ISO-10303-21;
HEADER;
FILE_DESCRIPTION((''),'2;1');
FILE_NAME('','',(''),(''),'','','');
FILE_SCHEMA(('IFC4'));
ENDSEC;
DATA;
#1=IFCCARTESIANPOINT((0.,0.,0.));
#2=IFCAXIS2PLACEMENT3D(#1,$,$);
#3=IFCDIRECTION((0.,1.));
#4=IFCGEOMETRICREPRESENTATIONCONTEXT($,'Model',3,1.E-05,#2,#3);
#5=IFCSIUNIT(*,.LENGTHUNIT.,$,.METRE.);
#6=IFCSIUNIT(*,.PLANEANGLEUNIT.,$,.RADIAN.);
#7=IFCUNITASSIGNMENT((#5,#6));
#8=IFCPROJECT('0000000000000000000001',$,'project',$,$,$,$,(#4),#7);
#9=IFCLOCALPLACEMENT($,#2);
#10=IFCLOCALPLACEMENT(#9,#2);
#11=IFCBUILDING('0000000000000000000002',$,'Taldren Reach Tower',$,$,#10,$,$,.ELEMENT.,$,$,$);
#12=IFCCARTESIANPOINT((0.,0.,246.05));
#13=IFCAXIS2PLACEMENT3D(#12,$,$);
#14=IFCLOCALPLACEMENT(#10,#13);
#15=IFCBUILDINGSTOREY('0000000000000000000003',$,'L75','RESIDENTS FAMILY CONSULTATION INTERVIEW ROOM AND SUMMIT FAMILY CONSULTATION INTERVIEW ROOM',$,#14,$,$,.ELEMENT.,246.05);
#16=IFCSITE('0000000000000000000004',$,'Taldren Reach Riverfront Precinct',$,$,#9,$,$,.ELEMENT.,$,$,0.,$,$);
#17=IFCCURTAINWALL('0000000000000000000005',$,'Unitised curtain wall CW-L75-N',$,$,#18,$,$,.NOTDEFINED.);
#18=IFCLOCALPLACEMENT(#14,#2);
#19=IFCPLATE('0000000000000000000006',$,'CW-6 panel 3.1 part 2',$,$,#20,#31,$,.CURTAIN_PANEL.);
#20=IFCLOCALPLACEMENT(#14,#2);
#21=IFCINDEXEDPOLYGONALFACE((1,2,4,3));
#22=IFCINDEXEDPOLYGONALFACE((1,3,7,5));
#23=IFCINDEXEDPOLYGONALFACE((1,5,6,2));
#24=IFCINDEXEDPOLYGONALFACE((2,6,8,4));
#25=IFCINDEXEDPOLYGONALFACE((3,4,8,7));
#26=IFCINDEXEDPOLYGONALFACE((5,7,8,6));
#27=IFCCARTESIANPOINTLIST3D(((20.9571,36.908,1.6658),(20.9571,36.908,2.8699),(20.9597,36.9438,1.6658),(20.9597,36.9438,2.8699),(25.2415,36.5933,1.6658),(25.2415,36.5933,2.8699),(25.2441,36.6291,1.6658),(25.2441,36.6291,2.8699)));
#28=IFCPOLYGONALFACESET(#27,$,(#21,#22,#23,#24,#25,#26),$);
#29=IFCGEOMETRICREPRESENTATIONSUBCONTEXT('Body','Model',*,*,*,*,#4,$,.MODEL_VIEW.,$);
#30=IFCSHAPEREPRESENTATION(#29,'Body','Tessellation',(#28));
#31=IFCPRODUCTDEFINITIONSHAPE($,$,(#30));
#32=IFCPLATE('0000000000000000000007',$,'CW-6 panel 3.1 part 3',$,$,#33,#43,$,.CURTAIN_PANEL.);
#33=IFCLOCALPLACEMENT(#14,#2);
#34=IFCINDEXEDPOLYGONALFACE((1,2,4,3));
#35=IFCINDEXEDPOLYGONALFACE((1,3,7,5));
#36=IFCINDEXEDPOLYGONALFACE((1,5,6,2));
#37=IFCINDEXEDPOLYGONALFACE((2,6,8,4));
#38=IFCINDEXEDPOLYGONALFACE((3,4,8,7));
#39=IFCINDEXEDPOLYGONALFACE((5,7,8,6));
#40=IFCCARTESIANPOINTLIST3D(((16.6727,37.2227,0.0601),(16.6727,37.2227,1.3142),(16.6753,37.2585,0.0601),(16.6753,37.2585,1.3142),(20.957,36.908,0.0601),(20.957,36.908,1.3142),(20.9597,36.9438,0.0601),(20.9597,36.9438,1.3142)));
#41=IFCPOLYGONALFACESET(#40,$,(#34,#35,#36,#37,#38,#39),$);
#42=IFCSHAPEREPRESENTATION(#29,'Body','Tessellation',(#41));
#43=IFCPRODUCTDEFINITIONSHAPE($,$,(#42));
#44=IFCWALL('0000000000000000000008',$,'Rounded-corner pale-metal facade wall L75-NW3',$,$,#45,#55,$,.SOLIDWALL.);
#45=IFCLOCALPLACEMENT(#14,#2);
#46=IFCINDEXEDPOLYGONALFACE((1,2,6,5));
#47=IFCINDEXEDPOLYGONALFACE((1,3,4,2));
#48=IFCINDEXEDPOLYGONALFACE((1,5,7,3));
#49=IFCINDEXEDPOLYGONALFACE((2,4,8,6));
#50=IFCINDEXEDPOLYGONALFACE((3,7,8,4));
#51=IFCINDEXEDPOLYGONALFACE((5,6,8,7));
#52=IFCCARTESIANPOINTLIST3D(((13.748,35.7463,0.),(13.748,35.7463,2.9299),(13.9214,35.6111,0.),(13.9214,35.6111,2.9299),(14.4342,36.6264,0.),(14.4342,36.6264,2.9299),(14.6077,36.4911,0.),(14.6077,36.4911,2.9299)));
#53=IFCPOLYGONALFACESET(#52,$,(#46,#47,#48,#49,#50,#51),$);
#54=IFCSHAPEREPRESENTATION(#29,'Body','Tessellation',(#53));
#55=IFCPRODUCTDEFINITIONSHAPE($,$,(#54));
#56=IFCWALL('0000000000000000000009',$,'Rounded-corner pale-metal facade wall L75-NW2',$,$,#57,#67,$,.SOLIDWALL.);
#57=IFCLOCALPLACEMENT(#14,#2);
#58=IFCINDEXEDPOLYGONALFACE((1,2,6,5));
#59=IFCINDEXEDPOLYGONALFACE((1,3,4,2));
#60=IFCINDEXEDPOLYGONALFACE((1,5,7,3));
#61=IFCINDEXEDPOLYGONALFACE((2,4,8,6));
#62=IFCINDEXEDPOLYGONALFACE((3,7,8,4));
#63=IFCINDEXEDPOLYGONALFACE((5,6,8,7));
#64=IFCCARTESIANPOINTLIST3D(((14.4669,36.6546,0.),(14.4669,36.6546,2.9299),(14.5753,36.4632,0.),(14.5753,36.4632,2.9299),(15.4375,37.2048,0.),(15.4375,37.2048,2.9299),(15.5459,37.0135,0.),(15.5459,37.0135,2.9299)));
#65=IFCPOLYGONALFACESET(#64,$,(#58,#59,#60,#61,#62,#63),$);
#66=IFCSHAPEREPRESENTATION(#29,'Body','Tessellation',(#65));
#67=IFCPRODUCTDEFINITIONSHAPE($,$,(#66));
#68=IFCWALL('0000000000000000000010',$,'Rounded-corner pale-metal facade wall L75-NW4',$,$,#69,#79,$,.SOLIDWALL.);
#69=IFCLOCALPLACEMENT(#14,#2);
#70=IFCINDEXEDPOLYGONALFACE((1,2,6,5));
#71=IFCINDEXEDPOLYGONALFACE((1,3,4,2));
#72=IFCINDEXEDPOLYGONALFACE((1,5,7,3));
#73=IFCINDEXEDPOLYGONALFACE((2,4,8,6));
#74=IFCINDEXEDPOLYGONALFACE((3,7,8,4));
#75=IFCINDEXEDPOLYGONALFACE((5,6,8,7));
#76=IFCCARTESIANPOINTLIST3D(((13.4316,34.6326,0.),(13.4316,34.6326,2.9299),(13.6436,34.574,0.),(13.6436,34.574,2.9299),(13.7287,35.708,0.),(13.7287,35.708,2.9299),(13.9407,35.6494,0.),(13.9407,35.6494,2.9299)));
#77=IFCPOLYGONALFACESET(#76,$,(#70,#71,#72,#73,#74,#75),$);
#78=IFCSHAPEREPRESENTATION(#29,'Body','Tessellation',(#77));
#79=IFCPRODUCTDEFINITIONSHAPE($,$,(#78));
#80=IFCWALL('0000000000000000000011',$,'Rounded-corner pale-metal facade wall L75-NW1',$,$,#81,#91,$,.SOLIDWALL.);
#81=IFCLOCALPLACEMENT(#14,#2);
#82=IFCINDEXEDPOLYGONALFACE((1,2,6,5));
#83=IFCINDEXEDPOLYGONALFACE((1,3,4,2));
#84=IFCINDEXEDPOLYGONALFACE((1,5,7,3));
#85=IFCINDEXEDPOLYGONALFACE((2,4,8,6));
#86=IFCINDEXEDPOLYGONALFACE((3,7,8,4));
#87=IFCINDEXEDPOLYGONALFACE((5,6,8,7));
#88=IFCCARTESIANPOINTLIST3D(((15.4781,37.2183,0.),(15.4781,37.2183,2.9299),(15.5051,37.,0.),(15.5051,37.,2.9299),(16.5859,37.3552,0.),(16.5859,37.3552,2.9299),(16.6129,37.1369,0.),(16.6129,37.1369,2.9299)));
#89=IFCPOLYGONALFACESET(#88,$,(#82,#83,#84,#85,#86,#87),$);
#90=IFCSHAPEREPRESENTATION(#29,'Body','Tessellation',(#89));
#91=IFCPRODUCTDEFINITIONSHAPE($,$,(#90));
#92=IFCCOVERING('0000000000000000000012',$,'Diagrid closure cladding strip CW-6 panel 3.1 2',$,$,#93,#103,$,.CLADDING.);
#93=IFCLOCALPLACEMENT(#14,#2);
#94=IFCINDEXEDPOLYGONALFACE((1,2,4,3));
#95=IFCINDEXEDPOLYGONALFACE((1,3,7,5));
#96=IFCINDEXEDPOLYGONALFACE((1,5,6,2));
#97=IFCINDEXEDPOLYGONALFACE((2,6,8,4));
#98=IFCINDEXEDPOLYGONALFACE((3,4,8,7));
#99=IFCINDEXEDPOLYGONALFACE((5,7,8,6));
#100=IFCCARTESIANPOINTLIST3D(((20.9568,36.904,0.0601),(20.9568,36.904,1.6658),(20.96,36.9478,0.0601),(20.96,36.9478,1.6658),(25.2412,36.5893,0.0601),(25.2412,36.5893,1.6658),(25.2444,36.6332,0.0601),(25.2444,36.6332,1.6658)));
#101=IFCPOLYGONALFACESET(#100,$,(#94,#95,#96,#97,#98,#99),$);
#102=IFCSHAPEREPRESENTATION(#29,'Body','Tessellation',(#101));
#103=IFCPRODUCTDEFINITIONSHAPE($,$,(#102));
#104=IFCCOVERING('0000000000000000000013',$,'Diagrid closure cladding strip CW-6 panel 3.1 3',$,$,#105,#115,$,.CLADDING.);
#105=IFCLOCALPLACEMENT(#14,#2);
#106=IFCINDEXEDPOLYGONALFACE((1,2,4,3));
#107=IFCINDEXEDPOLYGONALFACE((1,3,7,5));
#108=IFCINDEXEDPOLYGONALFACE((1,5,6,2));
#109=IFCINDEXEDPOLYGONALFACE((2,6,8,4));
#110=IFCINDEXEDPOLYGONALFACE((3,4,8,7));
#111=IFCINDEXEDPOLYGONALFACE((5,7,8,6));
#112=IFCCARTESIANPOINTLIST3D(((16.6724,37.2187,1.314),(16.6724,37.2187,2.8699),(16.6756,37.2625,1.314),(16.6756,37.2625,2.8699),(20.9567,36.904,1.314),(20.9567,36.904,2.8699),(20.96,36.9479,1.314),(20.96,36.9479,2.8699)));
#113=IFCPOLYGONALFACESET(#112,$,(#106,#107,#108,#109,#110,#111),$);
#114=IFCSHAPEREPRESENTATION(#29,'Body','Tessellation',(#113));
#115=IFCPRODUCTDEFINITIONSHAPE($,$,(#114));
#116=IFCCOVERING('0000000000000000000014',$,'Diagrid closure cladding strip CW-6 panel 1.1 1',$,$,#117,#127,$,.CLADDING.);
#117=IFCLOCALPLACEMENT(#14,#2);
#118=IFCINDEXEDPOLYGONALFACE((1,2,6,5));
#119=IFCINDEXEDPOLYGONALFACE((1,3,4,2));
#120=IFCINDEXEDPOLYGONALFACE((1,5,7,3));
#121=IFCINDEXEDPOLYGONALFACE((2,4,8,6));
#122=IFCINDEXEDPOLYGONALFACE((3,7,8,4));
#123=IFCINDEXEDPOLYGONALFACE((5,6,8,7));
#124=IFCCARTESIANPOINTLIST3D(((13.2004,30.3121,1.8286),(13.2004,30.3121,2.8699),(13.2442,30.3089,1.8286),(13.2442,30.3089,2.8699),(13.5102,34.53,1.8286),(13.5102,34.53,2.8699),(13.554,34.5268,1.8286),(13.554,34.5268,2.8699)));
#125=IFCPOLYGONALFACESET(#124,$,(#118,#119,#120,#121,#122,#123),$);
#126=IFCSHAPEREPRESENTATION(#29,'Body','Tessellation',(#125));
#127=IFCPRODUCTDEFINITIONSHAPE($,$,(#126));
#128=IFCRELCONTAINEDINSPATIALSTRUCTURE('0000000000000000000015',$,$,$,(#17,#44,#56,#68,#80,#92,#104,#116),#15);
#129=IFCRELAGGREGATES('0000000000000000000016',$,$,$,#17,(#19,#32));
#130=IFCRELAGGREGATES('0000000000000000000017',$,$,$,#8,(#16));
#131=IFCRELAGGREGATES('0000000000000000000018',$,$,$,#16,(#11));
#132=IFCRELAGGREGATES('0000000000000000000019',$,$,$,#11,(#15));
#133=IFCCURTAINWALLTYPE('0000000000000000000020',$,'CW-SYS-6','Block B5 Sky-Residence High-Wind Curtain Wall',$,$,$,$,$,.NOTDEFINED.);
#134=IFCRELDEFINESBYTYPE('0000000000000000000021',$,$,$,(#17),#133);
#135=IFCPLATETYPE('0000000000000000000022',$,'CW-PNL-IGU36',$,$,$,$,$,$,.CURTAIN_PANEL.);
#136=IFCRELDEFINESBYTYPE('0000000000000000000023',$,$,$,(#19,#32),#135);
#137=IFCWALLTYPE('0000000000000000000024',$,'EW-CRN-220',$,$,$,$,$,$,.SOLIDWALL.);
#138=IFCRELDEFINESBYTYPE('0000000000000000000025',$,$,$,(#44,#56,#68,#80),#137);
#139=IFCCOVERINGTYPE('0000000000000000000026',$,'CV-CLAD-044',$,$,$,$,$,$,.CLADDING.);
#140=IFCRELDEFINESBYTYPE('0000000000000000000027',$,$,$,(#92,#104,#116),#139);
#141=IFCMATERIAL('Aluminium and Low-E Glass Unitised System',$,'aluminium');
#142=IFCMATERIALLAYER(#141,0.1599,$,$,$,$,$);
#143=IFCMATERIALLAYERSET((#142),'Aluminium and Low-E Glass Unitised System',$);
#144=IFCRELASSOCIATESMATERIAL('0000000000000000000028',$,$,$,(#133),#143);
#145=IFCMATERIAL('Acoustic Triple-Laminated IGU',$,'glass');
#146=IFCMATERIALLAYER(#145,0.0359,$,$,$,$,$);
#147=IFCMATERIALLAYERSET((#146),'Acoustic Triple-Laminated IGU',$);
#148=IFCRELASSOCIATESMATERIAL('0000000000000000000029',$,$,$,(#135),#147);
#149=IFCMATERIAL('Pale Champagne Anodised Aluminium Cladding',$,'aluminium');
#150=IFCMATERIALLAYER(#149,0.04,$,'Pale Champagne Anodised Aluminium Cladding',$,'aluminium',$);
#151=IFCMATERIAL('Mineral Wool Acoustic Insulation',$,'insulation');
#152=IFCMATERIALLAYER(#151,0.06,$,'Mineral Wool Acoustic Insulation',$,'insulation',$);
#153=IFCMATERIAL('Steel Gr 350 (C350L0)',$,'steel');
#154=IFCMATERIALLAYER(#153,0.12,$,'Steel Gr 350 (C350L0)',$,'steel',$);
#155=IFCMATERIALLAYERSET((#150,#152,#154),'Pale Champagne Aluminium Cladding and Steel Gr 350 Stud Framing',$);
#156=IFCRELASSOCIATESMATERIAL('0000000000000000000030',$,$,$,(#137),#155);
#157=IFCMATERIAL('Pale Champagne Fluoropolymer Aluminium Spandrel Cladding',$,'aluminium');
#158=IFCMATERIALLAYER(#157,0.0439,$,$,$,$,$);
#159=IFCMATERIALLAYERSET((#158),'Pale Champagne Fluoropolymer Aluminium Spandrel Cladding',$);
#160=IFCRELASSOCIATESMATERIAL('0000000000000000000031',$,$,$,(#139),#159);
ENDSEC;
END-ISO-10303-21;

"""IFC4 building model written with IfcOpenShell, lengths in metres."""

from ifc_helpers import new_model, si_unit, direction, frame, frame_2d, origin, origin_2d, place, context, subcontext, project, spatial, rectangle, extrude, source, transform, mapped, material, layer, layer_set, type_object, element, aggregate, save


model = new_model("IFC4")

# Units and contexts
model_context = context("Model", 3, precision=1e-05, world=origin(), true_north=direction((0.0, 1.0)))
body_context = subcontext(model_context, "Body", "Model", "MODEL_VIEW")
ifc_project = project(units=[si_unit("LENGTHUNIT", "METRE"), si_unit("PLANEANGLEUNIT", "RADIAN")], contexts=[model_context])

# Site, building, storey
site_placement = place(None, origin())
site = spatial("IfcSite", under=ifc_project, at=site_placement, Name="Taldren Reach Riverfront Precinct", CompositionType="ELEMENT", RefElevation=0.0)
building_placement = place(site_placement, origin())
building = spatial("IfcBuilding", under=site, at=building_placement, Name="Taldren Reach Tower", CompositionType="ELEMENT")
storey_placement = place(building_placement, frame((0.0, 0.0, 246.05)))
storey = spatial("IfcBuildingStorey", under=building, at=storey_placement, Name="L75", Description="RESIDENTS FAMILY CONSULTATION INTERVIEW ROOM AND SUMMIT FAMILY CONSULTATION INTERVIEW ROOM", CompositionType="ELEMENT", Elevation=246.05)

# Shared definitions
ifc_material_1 = material(Name="Steel Gr 350 (C350L0)", Category="steel")

# Shared definitions
ifc_material_2 = material(Name="Aluminium and Low-E Glass Unitised System", Category="aluminium")
ifc_layer_1 = layer(ifc_material_2, 0.1599)
ifc_layer_set_1 = layer_set([ifc_layer_1], Name="Aluminium and Low-E Glass Unitised System")
curtain_wall_type = type_object("IfcCurtainWallType", Name="CW-SYS-6", Description="Block B5 Sky-Residence High-Wind Curtain Wall", PredefinedType="NOTDEFINED", material=ifc_layer_set_1)

# Curtain wall
curtain_wall_1_placement = place(storey_placement, origin())
curtain_wall_1 = element("IfcCurtainWall", 1, at=curtain_wall_1_placement, inside=storey, type_object=curtain_wall_type, Name="Unitised curtain wall CW-L75-N", PredefinedType="NOTDEFINED")

# Plates
ifc_material_3 = material(Name="Acoustic Triple-Laminated IGU", Category="glass")
ifc_layer_2 = layer(ifc_material_3, 0.0359)
ifc_layer_set_2 = layer_set([ifc_layer_2], Name="Acoustic Triple-Laminated IGU")
plate_type_1 = type_object("IfcPlateType", Name="CW-PNL-IGU36", PredefinedType="CURTAIN_PANEL", material=ifc_layer_set_2)
shared_shape_1 = source(origin(), body_context, "Body", "SweptSolid", [
    extrude(rectangle(XDim=4.2959, YDim=0.0359, at=origin_2d()), origin(), (0.0, 0.0, 1.0), 1.2041),
])
plate_1_placement = place(storey_placement, frame((23.1006, 36.7686, 1.6658), z_axis=(0.0, 0.0, 1.0), x_axis=(-0.997314, 0.073238, 0.0)))
plate_1 = element("IfcPlate", 2, at=plate_1_placement, type_object=plate_type_1, Name="CW-6 panel 3.1 part 2", PredefinedType="CURTAIN_PANEL", context=body_context, shape_type="MappedRepresentation", body=[
    mapped(shared_shape_1, transform((0.0, 0.0, 0.0), scale=1.0)),
])
shared_shape_2 = source(origin(), body_context, "Body", "SweptSolid", [
    extrude(rectangle(XDim=4.2959, YDim=0.0359, at=origin_2d()), origin(), (0.0, 0.0, 1.0), 1.2542),
])
plate_2_placement = place(storey_placement, frame((18.8162, 37.0833, 0.0601), z_axis=(0.0, 0.0, 1.0), x_axis=(-0.997314, 0.073238, 0.0)))
plate_2 = element("IfcPlate", 3, at=plate_2_placement, type_object=plate_type_1, Name="CW-6 panel 3.1 part 3", PredefinedType="CURTAIN_PANEL", context=body_context, shape_type="MappedRepresentation", body=[
    mapped(shared_shape_2, transform((0.0, 0.0, 0.0), scale=1.0)),
])
aggregate(curtain_wall_1, [plate_1, plate_2])

# Walls
ifc_material_4 = material(Name="Pale Champagne Anodised Aluminium Cladding", Category="aluminium")
ifc_layer_3 = layer(ifc_material_4, 0.04, Name="Pale Champagne Anodised Aluminium Cladding", Category="aluminium")
ifc_material_5 = material(Name="Mineral Wool Acoustic Insulation", Category="insulation")
ifc_layer_4 = layer(ifc_material_5, 0.06, Name="Mineral Wool Acoustic Insulation", Category="insulation")
ifc_layer_5 = layer(ifc_material_1, 0.12, Name="Steel Gr 350 (C350L0)", Category="steel")
ifc_layer_set_3 = layer_set([ifc_layer_3, ifc_layer_4, ifc_layer_5], Name="Pale Champagne Aluminium Cladding and Steel Gr 350 Stud Framing")
wall_type = type_object("IfcWallType", Name="EW-CRN-220", PredefinedType="SOLIDWALL", material=ifc_layer_set_3)
shared_shape_3 = source(origin(), body_context, "Body", "SweptSolid", [
    extrude(rectangle(XDim=1.116, YDim=0.22, at=frame_2d((0.5581, 0.0))), origin(), (0.0, 0.0, 1.0), 2.9299),
])
wall_1_placement = place(storey_placement, frame((14.521, 36.5588, 0.0), z_axis=(0.0, 0.0, 1.0), x_axis=(-0.614909, -0.788598, 0.0)))
element("IfcWall", 4, at=wall_1_placement, inside=storey, type_object=wall_type, Name="Rounded-corner pale-metal facade wall L75-NW3", PredefinedType="SOLIDWALL", context=body_context, shape_type="MappedRepresentation", body=[
    mapped(shared_shape_3, transform((0.0, 0.0, 0.0), scale=1.0)),
])
shared_shape_4 = source(origin(), body_context, "Body", "SweptSolid", [
    extrude(rectangle(XDim=1.1157, YDim=0.22, at=frame_2d((0.5579, 0.0))), origin(), (0.0, 0.0, 1.0), 2.9299),
])
for number, where, z_axis, x_axis, name in (
    (5, (15.4917, 37.1091, 0.0), (0.0, 0.0, 1.0), (-0.869935, -0.493167, 0.0), "Rounded-corner pale-metal facade wall L75-NW2"),
    (6, (13.8347, 35.6787, 0.0), (0.0, 0.0, 1.0), (-0.266301, -0.96389, 0.0), "Rounded-corner pale-metal facade wall L75-NW4"),
):
    element("IfcWall", number, at=place(storey_placement, frame(where, z_axis=z_axis, x_axis=x_axis)), inside=storey, type_object=wall_type, Name=name, PredefinedType="SOLIDWALL", context=body_context, shape_type="MappedRepresentation", body=[
        mapped(shared_shape_4, transform((0.0, 0.0, 0.0), scale=1.0)),
    ])
shared_shape_5 = source(origin(), body_context, "Body", "SweptSolid", [
    extrude(rectangle(XDim=1.1162, YDim=0.22, at=frame_2d((0.5581, 0.0))), origin(), (0.0, 0.0, 1.0), 2.9299),
])
wall_2_placement = place(storey_placement, frame((16.5994, 37.2461, 0.0), z_axis=(0.0, 0.0, 1.0), x_axis=(-0.992442, -0.122715, 0.0)))
element("IfcWall", 7, at=wall_2_placement, inside=storey, type_object=wall_type, Name="Rounded-corner pale-metal facade wall L75-NW1", PredefinedType="SOLIDWALL", context=body_context, shape_type="MappedRepresentation", body=[
    mapped(shared_shape_5, transform((0.0, 0.0, 0.0), scale=1.0)),
])

# Coverings
ifc_material_6 = material(Name="Pale Champagne Fluoropolymer Aluminium Spandrel Cladding", Category="aluminium")
ifc_layer_6 = layer(ifc_material_6, 0.0439)
ifc_layer_set_4 = layer_set([ifc_layer_6], Name="Pale Champagne Fluoropolymer Aluminium Spandrel Cladding")
covering_type = type_object("IfcCoveringType", Name="CV-CLAD-044", PredefinedType="CLADDING", material=ifc_layer_set_4)
shared_shape_6 = source(origin(), body_context, "Body", "SweptSolid", [
    extrude(rectangle(XDim=4.2959, YDim=0.0439, at=origin_2d()), origin(), (0.0, 0.0, 1.0), 1.6057),
])
covering_1_placement = place(storey_placement, frame((23.1006, 36.7686, 0.0601), z_axis=(0.0, 0.0, 1.0), x_axis=(-0.997314, 0.073238, 0.0)))
element("IfcCovering", 8, at=covering_1_placement, inside=storey, type_object=covering_type, Name="Diagrid closure cladding strip CW-6 panel 3.1 2", PredefinedType="CLADDING", context=body_context, shape_type="MappedRepresentation", body=[
    mapped(shared_shape_6, transform((0.0, 0.0, 0.0), scale=1.0)),
])
shared_shape_7 = source(origin(), body_context, "Body", "SweptSolid", [
    extrude(rectangle(XDim=4.2959, YDim=0.0439, at=origin_2d()), origin(), (0.0, 0.0, 1.0), 1.5559),
])
covering_2_placement = place(storey_placement, frame((18.8162, 37.0833, 1.314), z_axis=(0.0, 0.0, 1.0), x_axis=(-0.997314, 0.073238, 0.0)))
element("IfcCovering", 9, at=covering_2_placement, inside=storey, type_object=covering_type, Name="Diagrid closure cladding strip CW-6 panel 3.1 3", PredefinedType="CLADDING", context=body_context, shape_type="MappedRepresentation", body=[
    mapped(shared_shape_7, transform((0.0, 0.0, 0.0), scale=1.0)),
])
shared_shape_8 = source(origin(), body_context, "Body", "SweptSolid", [
    extrude(rectangle(XDim=4.2292, YDim=0.0439, at=origin_2d()), origin(), (0.0, 0.0, 1.0), 1.0413),
])
covering_3_placement = place(storey_placement, frame((13.3772, 32.4194, 1.8286), z_axis=(0.0, 0.0, 1.0), x_axis=(-0.073238, -0.997314, 0.0)))
element("IfcCovering", 10, at=covering_3_placement, inside=storey, type_object=covering_type, Name="Diagrid closure cladding strip CW-6 panel 1.1 1", PredefinedType="CLADDING", context=body_context, shape_type="MappedRepresentation", body=[
    mapped(shared_shape_8, transform((0.0, 0.0, 0.0), scale=1.0)),
])

save(model, "model.ifc")
